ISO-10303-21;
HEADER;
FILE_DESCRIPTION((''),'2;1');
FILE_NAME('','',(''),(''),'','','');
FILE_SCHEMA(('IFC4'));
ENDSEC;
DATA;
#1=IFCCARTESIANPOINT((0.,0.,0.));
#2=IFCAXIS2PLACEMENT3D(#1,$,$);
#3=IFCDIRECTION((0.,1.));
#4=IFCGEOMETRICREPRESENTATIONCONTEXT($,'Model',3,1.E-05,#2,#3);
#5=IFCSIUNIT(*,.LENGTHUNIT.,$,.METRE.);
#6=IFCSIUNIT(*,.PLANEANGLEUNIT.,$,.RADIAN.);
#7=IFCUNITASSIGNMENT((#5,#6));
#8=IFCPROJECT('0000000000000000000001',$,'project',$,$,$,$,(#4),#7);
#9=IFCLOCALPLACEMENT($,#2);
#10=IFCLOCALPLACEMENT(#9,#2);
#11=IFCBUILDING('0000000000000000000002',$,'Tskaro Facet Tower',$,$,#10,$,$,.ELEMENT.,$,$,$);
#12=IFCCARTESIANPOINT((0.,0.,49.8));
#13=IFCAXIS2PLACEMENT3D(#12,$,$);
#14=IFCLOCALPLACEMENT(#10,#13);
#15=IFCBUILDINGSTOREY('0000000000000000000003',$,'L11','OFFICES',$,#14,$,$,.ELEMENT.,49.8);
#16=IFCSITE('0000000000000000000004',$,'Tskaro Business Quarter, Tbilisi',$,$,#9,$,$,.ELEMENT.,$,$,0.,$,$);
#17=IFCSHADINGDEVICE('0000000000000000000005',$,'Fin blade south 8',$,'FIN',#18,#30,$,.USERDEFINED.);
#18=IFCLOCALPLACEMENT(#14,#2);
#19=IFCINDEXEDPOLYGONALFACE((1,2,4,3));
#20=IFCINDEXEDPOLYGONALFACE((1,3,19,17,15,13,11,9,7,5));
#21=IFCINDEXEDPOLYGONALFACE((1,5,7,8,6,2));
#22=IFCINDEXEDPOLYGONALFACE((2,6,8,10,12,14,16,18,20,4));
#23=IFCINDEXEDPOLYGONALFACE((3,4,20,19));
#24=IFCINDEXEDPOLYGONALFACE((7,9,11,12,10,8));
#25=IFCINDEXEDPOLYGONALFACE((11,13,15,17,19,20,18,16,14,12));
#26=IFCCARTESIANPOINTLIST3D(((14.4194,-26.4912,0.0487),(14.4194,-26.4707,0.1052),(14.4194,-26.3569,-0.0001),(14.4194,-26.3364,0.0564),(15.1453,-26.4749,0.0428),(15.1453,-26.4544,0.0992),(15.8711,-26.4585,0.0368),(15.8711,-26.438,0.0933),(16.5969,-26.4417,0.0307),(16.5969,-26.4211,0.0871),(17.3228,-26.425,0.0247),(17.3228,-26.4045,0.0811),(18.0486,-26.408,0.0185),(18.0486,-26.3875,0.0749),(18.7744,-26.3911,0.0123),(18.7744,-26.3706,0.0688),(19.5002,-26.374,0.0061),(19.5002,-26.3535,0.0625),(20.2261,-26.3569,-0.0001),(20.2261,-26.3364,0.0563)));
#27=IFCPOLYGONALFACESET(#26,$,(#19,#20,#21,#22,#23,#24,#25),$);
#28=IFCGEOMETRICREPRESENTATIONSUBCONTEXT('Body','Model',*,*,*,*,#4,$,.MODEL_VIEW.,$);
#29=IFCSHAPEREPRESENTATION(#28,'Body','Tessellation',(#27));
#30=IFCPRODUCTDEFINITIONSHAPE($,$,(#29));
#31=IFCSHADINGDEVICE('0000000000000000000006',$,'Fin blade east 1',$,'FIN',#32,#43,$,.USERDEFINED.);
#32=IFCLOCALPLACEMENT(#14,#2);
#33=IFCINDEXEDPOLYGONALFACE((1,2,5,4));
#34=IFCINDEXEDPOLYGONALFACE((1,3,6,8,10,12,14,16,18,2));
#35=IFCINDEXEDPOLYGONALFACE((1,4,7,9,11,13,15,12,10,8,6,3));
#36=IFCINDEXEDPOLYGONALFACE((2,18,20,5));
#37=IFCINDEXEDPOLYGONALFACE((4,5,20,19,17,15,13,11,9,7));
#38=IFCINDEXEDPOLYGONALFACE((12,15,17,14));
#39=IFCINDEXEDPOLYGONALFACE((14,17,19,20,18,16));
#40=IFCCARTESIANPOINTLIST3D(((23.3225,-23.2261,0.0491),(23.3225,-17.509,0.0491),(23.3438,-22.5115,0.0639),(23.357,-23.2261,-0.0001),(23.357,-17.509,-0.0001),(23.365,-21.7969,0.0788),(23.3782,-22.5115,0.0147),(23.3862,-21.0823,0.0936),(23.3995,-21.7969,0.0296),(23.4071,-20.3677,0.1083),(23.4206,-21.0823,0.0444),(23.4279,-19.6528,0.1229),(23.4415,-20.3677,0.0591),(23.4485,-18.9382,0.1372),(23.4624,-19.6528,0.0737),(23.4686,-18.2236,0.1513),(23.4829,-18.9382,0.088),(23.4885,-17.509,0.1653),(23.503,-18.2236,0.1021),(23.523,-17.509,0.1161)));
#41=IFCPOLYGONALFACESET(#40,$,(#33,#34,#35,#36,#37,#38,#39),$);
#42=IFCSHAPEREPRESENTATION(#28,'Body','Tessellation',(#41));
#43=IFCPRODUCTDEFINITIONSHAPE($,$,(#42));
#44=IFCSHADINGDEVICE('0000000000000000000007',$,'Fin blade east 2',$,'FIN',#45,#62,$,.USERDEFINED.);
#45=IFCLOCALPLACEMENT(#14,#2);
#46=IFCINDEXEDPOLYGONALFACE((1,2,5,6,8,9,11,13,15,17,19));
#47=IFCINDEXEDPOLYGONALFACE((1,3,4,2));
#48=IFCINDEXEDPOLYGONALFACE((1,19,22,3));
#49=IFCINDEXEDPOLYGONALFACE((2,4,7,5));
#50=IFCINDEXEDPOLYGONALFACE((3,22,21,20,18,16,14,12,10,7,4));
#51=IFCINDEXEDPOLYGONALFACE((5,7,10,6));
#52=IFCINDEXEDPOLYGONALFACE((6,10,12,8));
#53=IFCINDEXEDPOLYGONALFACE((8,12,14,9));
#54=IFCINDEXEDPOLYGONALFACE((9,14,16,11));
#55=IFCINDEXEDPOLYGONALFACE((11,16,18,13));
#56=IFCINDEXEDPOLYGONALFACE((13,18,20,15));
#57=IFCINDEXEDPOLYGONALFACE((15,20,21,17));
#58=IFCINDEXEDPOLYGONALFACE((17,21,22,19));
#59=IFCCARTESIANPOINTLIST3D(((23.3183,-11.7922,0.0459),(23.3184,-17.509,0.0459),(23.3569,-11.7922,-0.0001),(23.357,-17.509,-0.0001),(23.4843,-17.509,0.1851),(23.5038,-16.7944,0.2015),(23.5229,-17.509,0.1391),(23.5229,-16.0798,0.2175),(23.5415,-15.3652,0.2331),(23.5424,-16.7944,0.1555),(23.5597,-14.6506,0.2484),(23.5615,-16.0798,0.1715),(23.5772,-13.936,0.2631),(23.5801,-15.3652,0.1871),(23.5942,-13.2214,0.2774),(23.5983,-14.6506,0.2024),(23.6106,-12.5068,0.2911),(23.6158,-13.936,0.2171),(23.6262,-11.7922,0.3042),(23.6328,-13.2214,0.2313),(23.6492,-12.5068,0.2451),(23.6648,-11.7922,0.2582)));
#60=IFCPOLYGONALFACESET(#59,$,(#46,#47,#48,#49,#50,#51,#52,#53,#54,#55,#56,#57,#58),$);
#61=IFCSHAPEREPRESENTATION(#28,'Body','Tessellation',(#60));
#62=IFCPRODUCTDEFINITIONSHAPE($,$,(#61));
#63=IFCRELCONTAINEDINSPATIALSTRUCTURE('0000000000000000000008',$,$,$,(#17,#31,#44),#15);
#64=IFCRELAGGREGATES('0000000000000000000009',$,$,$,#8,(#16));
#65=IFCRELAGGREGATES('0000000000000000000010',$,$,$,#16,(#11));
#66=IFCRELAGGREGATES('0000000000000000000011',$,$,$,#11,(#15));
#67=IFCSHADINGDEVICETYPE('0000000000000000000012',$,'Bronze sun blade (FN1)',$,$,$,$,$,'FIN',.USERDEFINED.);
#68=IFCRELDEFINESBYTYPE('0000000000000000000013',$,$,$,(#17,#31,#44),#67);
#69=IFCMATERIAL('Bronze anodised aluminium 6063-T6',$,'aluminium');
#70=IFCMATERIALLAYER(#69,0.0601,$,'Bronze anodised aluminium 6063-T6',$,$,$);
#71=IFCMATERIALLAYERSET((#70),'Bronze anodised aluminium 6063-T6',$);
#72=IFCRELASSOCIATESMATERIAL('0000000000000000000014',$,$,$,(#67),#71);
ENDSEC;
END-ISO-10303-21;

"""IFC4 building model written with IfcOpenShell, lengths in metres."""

from ifc_helpers import new_model, si_unit, direction, frame, origin, place, context, subcontext, project, spatial, polyline, outline, extrude, material, layer, layer_set, type_object, element, save


model = new_model("IFC4")

# Units and contexts
model_context = context("Model", 3, precision=1e-05, world=origin(), true_north=direction((0.0, 1.0)))
body_context = subcontext(model_context, "Body", "Model", "MODEL_VIEW")
ifc_project = project(units=[si_unit("LENGTHUNIT", "METRE"), si_unit("PLANEANGLEUNIT", "RADIAN")], contexts=[model_context])

# Site, building, storey
site_placement = place(None, origin())
site = spatial("IfcSite", under=ifc_project, at=site_placement, Name="Tskaro Business Quarter, Tbilisi", CompositionType="ELEMENT", RefElevation=0.0)
building_placement = place(site_placement, origin())
building = spatial("IfcBuilding", under=site, at=building_placement, Name="Tskaro Facet Tower", CompositionType="ELEMENT")
storey_placement = place(building_placement, frame((0.0, 0.0, 49.8)))
storey = spatial("IfcBuildingStorey", under=building, at=storey_placement, Name="L11", Description="OFFICES", CompositionType="ELEMENT", Elevation=49.8)

# Shared definitions
ifc_material_1 = material(Name="Bronze anodised aluminium 6063-T6", Category="aluminium")

# Shading devices
ifc_layer_1 = layer(ifc_material_1, 0.0601, Name="Bronze anodised aluminium 6063-T6")
ifc_layer_set_1 = layer_set([ifc_layer_1], Name="Bronze anodised aluminium 6063-T6")
shading_device_type = type_object("IfcShadingDeviceType", Name="Bronze sun blade (FN1)", ElementType="FIN", PredefinedType="USERDEFINED", material=ifc_layer_set_1)
shading_device_1_placement = place(storey_placement, frame((14.4194, -26.3364, 0.0564), z_axis=(0.000009, 0.341403, 0.939917), x_axis=(1.0, -0.000003, -0.000009)))
element("IfcShadingDevice", 1, at=shading_device_1_placement, inside=storey, type_object=shading_device_type, Name="Fin blade south 8", ObjectType="FIN", PredefinedType="USERDEFINED", context=body_context, shape_type="SweptSolid", body=[
    extrude(outline(polyline([(0.0, 0.0), (5.8066, 0.0), (5.0808, -0.0181), (4.355, -0.0364), (3.6292, -0.0543), (2.9033, -0.0724), (2.1775, -0.0901), (1.4517, -0.108), (0.7258, -0.1255), (0.0, -0.1429), (0.0, 0.0)])), origin(), (0.0, 0.0, -1.0), 0.0601),
])
shading_device_2_placement = place(storey_placement, frame((23.3225, -23.2261, 0.0491), z_axis=(-0.573502, 0.000002, 0.819204), x_axis=(0.000001, 1.0, -0.000001)))
element("IfcShadingDevice", 2, at=shading_device_2_placement, inside=storey, type_object=shading_device_type, Name="Fin blade east 1", ObjectType="FIN", PredefinedType="USERDEFINED", context=body_context, shape_type="SweptSolid", body=[
    extrude(outline(polyline([(0.0, 0.0), (5.717, 0.0), (5.717, -0.2026), (5.0024, -0.1783), (4.2878, -0.1537), (3.5732, -0.1287), (2.8584, -0.1032), (2.1438, -0.0777), (1.4292, -0.0519), (0.7146, -0.0259), (0.0, 0.0)])), origin(), (0.0, 0.0, -1.0), 0.0601),
])
shading_device_3_placement = place(storey_placement, frame((23.3184, -17.509, 0.0459), z_axis=(-0.642669, -0.00001, 0.766144), x_axis=(-0.000006, 1.0, 0.000007)))
element("IfcShadingDevice", 3, at=shading_device_3_placement, inside=storey, type_object=shading_device_type, Name="Fin blade east 2", ObjectType="FIN", PredefinedType="USERDEFINED", context=body_context, shape_type="SweptSolid", body=[
    extrude(outline(polyline([(0.0, 0.0), (5.7168, 0.0), (5.7168, -0.4019), (5.0022, -0.3814), (4.2876, -0.3601), (3.573, -0.3379), (2.8584, -0.3151), (2.1438, -0.2913), (1.4292, -0.267), (0.7146, -0.2421), (0.0, -0.2166), (0.0, 0.0)])), origin(), (0.0, 0.0, -1.0), 0.0601),
])

save(model, "model.ifc")
